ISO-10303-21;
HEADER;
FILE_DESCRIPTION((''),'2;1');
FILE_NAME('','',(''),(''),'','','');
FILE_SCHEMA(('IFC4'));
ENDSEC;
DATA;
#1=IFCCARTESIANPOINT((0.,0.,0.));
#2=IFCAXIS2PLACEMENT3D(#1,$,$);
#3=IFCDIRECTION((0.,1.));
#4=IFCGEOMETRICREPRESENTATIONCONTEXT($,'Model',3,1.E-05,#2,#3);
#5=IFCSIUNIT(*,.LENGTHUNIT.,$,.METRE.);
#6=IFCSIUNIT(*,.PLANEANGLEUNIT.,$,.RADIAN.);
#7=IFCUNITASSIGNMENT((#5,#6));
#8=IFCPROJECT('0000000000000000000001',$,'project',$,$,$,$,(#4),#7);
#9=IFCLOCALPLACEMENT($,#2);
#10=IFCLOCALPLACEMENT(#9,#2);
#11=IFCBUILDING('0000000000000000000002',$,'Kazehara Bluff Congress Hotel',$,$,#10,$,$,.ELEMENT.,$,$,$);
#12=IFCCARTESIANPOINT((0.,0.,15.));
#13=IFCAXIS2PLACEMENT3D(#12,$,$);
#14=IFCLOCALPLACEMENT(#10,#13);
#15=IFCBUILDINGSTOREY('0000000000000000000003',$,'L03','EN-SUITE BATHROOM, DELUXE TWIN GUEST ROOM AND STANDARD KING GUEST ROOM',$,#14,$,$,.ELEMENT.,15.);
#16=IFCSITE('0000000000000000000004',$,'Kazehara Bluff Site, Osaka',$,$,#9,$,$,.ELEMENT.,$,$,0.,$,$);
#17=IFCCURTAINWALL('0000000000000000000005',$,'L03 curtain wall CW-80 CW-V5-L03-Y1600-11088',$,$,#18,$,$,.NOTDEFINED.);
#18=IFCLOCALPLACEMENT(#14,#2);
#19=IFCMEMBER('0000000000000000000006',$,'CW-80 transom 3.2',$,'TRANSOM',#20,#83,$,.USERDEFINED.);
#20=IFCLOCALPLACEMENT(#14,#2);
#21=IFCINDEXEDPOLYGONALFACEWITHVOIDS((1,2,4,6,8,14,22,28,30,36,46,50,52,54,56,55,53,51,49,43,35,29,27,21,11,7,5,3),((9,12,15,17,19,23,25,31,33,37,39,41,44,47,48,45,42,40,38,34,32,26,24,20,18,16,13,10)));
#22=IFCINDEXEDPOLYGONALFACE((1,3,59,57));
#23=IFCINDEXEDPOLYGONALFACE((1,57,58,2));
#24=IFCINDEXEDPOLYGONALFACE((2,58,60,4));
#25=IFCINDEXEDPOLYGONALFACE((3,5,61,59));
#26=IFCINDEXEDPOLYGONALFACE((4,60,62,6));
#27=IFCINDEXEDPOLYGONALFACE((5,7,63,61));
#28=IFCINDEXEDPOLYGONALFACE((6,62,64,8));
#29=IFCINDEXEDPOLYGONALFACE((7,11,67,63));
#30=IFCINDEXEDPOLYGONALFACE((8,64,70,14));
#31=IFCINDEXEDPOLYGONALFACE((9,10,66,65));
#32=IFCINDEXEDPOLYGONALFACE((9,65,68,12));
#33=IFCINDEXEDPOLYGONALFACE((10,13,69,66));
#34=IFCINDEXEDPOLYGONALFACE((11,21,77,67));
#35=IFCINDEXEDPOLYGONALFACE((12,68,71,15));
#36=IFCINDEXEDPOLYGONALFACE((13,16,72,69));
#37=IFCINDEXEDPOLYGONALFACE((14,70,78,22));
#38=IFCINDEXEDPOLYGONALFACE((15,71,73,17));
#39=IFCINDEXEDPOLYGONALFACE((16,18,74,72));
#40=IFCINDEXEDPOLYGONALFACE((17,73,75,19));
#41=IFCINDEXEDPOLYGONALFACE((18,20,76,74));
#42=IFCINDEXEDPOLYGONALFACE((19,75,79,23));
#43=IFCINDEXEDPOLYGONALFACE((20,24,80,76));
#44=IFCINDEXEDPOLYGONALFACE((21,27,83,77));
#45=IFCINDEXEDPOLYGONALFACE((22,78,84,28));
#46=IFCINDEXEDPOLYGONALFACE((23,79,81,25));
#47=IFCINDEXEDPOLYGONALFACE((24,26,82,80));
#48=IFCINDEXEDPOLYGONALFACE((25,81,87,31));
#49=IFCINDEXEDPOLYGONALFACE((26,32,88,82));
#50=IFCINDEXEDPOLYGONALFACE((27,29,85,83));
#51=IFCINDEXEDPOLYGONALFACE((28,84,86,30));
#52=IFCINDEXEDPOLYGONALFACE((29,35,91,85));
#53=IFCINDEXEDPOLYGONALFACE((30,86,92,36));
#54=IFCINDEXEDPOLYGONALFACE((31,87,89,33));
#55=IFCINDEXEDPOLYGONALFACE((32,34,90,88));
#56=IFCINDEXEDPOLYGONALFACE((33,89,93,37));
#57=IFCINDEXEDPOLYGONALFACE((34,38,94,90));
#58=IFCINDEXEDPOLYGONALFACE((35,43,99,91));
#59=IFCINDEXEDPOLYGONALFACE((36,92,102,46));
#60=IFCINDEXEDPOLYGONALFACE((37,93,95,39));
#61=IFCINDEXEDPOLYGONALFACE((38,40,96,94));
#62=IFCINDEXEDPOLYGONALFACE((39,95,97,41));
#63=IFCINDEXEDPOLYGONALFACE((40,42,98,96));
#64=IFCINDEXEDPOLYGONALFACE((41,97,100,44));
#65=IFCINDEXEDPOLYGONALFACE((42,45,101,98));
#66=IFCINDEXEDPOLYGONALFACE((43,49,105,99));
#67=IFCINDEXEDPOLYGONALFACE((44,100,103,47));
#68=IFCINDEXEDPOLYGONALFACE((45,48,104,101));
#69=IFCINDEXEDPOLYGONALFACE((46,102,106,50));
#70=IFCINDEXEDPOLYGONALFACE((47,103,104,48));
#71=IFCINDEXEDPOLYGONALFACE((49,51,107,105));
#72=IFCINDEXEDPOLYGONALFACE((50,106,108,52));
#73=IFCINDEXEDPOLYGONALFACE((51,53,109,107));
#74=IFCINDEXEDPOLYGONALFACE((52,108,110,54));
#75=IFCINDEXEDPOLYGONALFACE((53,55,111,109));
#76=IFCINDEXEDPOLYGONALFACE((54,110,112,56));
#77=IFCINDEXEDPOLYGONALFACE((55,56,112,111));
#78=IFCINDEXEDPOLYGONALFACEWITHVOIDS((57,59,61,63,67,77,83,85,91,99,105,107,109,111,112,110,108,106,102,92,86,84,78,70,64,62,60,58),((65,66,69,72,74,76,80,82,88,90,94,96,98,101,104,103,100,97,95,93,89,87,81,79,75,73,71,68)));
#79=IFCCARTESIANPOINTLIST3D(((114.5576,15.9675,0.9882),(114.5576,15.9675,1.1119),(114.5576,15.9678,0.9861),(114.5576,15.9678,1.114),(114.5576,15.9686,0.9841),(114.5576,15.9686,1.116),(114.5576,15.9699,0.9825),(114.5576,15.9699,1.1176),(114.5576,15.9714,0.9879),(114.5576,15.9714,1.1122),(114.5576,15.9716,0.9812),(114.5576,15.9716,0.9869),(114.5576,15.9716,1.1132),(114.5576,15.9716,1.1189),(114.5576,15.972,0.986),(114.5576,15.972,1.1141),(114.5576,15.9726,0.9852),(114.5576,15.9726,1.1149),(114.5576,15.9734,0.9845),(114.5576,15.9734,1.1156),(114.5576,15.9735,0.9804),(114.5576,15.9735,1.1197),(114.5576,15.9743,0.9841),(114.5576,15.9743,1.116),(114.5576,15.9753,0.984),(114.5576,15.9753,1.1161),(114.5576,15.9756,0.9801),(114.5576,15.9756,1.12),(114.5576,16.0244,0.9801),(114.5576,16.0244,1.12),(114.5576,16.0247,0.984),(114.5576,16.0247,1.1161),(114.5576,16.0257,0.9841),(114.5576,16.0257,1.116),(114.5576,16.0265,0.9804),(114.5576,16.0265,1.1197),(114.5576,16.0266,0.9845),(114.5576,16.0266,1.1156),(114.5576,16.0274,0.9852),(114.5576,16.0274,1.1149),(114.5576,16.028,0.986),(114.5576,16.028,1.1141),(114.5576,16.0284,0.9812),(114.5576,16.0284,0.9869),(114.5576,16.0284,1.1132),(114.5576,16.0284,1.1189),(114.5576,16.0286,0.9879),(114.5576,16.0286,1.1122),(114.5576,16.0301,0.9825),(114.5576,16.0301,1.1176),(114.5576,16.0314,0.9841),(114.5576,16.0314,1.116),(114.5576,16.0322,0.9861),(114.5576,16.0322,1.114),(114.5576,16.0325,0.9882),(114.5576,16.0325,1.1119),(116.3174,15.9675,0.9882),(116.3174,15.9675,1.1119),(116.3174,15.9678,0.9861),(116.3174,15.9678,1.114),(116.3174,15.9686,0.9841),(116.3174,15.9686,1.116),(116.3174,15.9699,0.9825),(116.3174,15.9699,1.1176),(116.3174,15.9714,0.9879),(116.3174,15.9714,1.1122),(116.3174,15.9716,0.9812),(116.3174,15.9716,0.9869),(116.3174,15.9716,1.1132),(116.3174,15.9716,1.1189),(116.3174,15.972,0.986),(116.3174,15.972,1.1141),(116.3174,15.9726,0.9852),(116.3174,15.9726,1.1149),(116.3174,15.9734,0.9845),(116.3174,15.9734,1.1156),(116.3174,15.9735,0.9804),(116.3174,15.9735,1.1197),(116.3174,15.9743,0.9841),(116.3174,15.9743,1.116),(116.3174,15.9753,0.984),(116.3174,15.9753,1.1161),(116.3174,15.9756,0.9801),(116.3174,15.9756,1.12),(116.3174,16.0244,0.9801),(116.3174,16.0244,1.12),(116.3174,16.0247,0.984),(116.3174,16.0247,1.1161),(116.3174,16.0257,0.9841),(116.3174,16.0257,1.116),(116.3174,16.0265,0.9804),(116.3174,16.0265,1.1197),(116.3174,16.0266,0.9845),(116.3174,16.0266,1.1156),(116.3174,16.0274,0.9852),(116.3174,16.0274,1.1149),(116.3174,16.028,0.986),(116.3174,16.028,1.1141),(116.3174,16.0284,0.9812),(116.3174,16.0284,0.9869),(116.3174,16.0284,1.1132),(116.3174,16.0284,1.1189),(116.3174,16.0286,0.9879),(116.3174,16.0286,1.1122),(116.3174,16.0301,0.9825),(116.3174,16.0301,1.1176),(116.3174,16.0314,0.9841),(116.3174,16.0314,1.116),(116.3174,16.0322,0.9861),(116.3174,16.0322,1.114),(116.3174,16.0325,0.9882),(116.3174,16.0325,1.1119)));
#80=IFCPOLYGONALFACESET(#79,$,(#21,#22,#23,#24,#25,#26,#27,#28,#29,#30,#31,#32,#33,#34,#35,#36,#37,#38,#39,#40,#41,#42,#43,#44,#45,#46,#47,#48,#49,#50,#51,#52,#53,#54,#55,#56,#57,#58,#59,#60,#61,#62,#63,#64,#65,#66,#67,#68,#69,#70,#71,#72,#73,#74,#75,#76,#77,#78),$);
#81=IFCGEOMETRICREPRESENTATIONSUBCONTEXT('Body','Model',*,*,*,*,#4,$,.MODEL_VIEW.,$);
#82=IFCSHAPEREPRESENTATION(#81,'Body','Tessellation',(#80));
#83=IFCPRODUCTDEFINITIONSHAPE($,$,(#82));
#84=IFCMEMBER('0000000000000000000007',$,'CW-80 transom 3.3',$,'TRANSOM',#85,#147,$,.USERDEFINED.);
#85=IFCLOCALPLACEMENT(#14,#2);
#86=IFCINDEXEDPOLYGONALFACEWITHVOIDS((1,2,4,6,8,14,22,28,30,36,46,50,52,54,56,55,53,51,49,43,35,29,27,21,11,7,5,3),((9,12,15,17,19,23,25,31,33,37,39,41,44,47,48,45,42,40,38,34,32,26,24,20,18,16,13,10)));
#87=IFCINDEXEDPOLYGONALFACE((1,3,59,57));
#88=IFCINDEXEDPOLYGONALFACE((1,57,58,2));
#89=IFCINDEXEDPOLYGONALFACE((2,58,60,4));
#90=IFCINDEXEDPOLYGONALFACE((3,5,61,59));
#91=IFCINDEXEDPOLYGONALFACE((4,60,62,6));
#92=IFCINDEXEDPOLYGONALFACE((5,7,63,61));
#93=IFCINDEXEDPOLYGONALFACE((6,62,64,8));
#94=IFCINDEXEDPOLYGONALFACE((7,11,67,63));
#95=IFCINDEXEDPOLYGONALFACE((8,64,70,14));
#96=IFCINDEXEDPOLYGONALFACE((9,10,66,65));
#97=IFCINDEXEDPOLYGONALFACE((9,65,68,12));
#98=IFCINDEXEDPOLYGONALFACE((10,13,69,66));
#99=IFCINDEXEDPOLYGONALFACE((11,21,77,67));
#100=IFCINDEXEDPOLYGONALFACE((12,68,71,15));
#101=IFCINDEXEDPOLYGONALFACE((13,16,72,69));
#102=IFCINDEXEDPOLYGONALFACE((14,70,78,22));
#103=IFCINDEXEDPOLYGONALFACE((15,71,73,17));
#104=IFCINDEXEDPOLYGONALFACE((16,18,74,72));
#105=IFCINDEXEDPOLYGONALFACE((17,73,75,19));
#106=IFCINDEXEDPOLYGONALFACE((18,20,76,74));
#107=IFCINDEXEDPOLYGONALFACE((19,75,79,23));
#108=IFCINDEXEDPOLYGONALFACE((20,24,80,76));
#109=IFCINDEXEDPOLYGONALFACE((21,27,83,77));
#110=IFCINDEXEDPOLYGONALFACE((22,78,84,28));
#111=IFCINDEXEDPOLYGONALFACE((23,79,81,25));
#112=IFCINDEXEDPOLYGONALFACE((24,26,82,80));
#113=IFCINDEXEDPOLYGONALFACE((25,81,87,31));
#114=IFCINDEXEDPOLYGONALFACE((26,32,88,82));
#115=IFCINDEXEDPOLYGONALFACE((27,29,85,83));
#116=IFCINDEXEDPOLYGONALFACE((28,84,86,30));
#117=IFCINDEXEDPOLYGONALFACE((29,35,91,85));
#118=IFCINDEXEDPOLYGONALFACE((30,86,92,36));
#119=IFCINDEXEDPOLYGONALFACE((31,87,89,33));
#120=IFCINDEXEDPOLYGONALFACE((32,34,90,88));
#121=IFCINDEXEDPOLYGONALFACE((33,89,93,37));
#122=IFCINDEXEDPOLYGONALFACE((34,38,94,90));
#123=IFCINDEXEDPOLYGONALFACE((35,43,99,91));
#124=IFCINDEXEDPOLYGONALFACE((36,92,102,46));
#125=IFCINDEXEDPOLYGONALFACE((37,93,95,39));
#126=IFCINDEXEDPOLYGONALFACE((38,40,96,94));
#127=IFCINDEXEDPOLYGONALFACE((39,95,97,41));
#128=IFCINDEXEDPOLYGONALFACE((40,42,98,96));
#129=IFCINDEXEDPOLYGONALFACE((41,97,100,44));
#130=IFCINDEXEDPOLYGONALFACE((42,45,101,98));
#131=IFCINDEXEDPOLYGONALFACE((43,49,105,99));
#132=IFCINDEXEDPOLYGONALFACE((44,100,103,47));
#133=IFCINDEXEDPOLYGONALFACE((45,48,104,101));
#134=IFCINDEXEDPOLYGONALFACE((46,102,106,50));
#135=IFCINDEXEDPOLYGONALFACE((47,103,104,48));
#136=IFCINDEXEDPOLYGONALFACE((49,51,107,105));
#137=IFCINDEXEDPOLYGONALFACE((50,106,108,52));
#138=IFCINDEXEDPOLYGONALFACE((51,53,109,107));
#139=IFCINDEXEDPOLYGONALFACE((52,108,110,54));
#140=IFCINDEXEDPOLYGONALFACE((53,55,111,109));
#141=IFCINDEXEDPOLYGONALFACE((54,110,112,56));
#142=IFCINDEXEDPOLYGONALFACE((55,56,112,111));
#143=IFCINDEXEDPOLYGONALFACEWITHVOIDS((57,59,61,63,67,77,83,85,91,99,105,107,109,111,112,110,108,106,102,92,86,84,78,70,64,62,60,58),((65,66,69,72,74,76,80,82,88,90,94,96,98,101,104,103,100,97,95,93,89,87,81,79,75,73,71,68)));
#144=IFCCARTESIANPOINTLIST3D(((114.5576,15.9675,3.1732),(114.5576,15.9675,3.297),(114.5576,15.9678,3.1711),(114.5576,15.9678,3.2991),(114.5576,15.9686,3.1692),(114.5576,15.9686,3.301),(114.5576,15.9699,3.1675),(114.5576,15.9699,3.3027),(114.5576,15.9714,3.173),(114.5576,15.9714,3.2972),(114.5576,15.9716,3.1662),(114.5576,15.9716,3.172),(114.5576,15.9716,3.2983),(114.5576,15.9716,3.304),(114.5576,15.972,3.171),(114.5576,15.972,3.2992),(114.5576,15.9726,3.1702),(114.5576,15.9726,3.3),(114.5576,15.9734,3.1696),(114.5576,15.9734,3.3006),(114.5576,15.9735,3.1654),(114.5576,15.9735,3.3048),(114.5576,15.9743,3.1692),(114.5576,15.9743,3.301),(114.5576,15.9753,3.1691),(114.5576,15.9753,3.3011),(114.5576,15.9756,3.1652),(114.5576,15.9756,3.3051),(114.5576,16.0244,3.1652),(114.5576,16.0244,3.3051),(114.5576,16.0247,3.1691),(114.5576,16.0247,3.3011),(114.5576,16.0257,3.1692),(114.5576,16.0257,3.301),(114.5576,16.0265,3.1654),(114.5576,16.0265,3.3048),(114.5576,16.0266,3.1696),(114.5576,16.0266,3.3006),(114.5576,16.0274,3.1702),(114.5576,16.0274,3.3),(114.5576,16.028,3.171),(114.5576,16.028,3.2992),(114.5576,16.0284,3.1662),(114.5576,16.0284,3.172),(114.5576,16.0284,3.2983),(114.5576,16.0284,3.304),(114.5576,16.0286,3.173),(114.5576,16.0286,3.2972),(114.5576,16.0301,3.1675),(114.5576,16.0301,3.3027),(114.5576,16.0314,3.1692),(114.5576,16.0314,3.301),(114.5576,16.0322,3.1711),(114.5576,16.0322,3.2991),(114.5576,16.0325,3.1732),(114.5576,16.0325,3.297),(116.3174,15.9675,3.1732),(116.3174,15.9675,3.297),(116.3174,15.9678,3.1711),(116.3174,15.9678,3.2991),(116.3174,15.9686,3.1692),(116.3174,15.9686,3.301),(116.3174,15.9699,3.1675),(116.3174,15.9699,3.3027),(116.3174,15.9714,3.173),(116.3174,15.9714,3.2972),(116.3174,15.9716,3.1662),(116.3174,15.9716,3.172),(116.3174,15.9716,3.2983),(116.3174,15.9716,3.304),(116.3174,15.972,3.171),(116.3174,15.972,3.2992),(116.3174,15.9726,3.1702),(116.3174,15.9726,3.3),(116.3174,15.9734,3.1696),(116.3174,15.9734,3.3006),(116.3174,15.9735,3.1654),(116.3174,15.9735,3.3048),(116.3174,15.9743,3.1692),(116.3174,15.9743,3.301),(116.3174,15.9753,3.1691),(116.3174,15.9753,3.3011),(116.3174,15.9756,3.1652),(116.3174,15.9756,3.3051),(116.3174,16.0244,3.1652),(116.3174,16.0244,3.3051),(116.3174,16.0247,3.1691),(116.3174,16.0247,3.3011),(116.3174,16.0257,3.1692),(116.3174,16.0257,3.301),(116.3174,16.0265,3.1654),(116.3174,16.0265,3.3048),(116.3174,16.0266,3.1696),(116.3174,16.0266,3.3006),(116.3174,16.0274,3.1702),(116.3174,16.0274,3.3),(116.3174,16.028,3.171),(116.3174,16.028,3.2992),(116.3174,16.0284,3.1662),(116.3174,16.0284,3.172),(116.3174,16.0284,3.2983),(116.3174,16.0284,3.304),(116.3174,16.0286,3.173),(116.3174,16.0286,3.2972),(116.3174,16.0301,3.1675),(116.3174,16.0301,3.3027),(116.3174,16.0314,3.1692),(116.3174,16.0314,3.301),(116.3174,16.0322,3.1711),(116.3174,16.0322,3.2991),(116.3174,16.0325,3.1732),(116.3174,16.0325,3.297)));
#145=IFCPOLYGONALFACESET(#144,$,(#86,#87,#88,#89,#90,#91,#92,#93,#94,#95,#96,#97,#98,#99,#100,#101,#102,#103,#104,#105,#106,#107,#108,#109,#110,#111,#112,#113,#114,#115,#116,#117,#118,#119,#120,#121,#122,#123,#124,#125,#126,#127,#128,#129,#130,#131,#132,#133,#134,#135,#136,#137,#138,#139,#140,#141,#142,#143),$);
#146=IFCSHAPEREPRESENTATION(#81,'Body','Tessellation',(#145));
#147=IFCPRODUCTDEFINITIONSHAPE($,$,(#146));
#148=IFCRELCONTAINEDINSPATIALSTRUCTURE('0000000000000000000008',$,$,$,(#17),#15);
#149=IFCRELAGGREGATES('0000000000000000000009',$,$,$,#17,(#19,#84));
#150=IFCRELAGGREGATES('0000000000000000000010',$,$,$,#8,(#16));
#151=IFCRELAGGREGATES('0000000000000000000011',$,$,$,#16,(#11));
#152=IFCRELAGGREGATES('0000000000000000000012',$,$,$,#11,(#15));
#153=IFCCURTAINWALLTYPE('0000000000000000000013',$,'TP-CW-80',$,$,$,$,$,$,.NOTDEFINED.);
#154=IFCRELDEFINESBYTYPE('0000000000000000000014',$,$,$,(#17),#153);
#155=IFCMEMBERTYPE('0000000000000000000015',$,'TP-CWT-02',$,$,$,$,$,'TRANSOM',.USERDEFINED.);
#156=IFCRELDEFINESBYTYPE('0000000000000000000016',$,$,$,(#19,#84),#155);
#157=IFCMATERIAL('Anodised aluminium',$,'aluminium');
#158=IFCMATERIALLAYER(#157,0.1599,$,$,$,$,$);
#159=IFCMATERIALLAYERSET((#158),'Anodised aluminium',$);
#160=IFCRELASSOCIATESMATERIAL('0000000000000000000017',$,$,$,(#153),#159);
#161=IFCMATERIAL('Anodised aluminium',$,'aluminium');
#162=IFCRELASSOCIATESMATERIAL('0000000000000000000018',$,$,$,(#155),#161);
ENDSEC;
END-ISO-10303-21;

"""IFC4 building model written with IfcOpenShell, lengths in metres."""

from ifc_helpers import new_model, si_unit, direction, frame, origin, origin_2d, place, context, subcontext, project, spatial, hollow_rectangle, extrude, material, layer, layer_set, material_profile, profile_set, type_object, element, aggregate, save


model = new_model("IFC4")

# Units and contexts
model_context = context("Model", 3, precision=1e-05, world=origin(), true_north=direction((0.0, 1.0)))
body_context = subcontext(model_context, "Body", "Model", "MODEL_VIEW")
ifc_project = project(units=[si_unit("LENGTHUNIT", "METRE"), si_unit("PLANEANGLEUNIT", "RADIAN")], contexts=[model_context])

# Site, building, storey
site_placement = place(None, origin())
site = spatial("IfcSite", under=ifc_project, at=site_placement, Name="Kazehara Bluff Site, Osaka", CompositionType="ELEMENT", RefElevation=0.0)
building_placement = place(site_placement, origin())
building = spatial("IfcBuilding", under=site, at=building_placement, Name="Kazehara Bluff Congress Hotel", CompositionType="ELEMENT")
storey_placement = place(building_placement, frame((0.0, 0.0, 15.0)))
storey = spatial("IfcBuildingStorey", under=building, at=storey_placement, Name="L03", Description="EN-SUITE BATHROOM, DELUXE TWIN GUEST ROOM AND STANDARD KING GUEST ROOM", CompositionType="ELEMENT", Elevation=15.0)

# Curtain wall, members
ifc_material_1 = material(Name="Anodised aluminium", Category="aluminium")
ifc_layer_1 = layer(ifc_material_1, 0.1599)
ifc_layer_set_1 = layer_set([ifc_layer_1], Name="Anodised aluminium")
curtain_wall_type = type_object("IfcCurtainWallType", Name="TP-CW-80", PredefinedType="NOTDEFINED", material=ifc_layer_set_1)
curtain_wall_placement = place(storey_placement, origin())
curtain_wall = element("IfcCurtainWall", 1, at=curtain_wall_placement, inside=storey, type_object=curtain_wall_type, Name="L03 curtain wall CW-80 CW-V5-L03-Y1600-11088", PredefinedType="NOTDEFINED")
ifc_material_2 = material(Name="Anodised aluminium", Category="aluminium")
ifc_material_profile_1 = material_profile(ifc_material_2, hollow_rectangle(XDim=0.0649, YDim=0.1399, WallThickness=0.0039, InnerFilletRadius=0.0039, OuterFilletRadius=0.0081, at=origin_2d()))
ifc_profile_set_1 = profile_set([ifc_material_profile_1], Name="Anodised aluminium")
member_type_1 = type_object("IfcMemberType", Name="TP-CWT-02", ElementType="TRANSOM", PredefinedType="USERDEFINED", material=ifc_profile_set_1)
member_1_placement = place(storey_placement, frame((114.5576, 16.0, 1.05), z_axis=(1.0, 0.0, 0.0), x_axis=(0.0, 1.0, 0.0)))
member_1 = element("IfcMember", 2, at=member_1_placement, type_object=member_type_1, Name="CW-80 transom 3.2", ObjectType="TRANSOM", PredefinedType="USERDEFINED", context=body_context, shape_type="SweptSolid", body=[
    extrude(hollow_rectangle(XDim=0.0649, YDim=0.1399, WallThickness=0.0039, InnerFilletRadius=0.0039, OuterFilletRadius=0.0081, at=origin_2d()), origin(), (0.0, 0.0, 1.0), 1.7598),
])
member_2_placement = place(storey_placement, frame((114.5576, 16.0, 3.2351), z_axis=(1.0, 0.0, 0.0), x_axis=(0.0, 1.0, 0.0)))
member_2 = element("IfcMember", 3, at=member_2_placement, type_object=member_type_1, Name="CW-80 transom 3.3", ObjectType="TRANSOM", PredefinedType="USERDEFINED", context=body_context, shape_type="SweptSolid", body=[
    extrude(hollow_rectangle(XDim=0.0649, YDim=0.1399, WallThickness=0.0039, InnerFilletRadius=0.0039, OuterFilletRadius=0.0081, at=origin_2d()), origin(), (0.0, 0.0, 1.0), 1.7598),
])

aggregate(curtain_wall, [member_1, member_2])

save(model, "model.ifc")
